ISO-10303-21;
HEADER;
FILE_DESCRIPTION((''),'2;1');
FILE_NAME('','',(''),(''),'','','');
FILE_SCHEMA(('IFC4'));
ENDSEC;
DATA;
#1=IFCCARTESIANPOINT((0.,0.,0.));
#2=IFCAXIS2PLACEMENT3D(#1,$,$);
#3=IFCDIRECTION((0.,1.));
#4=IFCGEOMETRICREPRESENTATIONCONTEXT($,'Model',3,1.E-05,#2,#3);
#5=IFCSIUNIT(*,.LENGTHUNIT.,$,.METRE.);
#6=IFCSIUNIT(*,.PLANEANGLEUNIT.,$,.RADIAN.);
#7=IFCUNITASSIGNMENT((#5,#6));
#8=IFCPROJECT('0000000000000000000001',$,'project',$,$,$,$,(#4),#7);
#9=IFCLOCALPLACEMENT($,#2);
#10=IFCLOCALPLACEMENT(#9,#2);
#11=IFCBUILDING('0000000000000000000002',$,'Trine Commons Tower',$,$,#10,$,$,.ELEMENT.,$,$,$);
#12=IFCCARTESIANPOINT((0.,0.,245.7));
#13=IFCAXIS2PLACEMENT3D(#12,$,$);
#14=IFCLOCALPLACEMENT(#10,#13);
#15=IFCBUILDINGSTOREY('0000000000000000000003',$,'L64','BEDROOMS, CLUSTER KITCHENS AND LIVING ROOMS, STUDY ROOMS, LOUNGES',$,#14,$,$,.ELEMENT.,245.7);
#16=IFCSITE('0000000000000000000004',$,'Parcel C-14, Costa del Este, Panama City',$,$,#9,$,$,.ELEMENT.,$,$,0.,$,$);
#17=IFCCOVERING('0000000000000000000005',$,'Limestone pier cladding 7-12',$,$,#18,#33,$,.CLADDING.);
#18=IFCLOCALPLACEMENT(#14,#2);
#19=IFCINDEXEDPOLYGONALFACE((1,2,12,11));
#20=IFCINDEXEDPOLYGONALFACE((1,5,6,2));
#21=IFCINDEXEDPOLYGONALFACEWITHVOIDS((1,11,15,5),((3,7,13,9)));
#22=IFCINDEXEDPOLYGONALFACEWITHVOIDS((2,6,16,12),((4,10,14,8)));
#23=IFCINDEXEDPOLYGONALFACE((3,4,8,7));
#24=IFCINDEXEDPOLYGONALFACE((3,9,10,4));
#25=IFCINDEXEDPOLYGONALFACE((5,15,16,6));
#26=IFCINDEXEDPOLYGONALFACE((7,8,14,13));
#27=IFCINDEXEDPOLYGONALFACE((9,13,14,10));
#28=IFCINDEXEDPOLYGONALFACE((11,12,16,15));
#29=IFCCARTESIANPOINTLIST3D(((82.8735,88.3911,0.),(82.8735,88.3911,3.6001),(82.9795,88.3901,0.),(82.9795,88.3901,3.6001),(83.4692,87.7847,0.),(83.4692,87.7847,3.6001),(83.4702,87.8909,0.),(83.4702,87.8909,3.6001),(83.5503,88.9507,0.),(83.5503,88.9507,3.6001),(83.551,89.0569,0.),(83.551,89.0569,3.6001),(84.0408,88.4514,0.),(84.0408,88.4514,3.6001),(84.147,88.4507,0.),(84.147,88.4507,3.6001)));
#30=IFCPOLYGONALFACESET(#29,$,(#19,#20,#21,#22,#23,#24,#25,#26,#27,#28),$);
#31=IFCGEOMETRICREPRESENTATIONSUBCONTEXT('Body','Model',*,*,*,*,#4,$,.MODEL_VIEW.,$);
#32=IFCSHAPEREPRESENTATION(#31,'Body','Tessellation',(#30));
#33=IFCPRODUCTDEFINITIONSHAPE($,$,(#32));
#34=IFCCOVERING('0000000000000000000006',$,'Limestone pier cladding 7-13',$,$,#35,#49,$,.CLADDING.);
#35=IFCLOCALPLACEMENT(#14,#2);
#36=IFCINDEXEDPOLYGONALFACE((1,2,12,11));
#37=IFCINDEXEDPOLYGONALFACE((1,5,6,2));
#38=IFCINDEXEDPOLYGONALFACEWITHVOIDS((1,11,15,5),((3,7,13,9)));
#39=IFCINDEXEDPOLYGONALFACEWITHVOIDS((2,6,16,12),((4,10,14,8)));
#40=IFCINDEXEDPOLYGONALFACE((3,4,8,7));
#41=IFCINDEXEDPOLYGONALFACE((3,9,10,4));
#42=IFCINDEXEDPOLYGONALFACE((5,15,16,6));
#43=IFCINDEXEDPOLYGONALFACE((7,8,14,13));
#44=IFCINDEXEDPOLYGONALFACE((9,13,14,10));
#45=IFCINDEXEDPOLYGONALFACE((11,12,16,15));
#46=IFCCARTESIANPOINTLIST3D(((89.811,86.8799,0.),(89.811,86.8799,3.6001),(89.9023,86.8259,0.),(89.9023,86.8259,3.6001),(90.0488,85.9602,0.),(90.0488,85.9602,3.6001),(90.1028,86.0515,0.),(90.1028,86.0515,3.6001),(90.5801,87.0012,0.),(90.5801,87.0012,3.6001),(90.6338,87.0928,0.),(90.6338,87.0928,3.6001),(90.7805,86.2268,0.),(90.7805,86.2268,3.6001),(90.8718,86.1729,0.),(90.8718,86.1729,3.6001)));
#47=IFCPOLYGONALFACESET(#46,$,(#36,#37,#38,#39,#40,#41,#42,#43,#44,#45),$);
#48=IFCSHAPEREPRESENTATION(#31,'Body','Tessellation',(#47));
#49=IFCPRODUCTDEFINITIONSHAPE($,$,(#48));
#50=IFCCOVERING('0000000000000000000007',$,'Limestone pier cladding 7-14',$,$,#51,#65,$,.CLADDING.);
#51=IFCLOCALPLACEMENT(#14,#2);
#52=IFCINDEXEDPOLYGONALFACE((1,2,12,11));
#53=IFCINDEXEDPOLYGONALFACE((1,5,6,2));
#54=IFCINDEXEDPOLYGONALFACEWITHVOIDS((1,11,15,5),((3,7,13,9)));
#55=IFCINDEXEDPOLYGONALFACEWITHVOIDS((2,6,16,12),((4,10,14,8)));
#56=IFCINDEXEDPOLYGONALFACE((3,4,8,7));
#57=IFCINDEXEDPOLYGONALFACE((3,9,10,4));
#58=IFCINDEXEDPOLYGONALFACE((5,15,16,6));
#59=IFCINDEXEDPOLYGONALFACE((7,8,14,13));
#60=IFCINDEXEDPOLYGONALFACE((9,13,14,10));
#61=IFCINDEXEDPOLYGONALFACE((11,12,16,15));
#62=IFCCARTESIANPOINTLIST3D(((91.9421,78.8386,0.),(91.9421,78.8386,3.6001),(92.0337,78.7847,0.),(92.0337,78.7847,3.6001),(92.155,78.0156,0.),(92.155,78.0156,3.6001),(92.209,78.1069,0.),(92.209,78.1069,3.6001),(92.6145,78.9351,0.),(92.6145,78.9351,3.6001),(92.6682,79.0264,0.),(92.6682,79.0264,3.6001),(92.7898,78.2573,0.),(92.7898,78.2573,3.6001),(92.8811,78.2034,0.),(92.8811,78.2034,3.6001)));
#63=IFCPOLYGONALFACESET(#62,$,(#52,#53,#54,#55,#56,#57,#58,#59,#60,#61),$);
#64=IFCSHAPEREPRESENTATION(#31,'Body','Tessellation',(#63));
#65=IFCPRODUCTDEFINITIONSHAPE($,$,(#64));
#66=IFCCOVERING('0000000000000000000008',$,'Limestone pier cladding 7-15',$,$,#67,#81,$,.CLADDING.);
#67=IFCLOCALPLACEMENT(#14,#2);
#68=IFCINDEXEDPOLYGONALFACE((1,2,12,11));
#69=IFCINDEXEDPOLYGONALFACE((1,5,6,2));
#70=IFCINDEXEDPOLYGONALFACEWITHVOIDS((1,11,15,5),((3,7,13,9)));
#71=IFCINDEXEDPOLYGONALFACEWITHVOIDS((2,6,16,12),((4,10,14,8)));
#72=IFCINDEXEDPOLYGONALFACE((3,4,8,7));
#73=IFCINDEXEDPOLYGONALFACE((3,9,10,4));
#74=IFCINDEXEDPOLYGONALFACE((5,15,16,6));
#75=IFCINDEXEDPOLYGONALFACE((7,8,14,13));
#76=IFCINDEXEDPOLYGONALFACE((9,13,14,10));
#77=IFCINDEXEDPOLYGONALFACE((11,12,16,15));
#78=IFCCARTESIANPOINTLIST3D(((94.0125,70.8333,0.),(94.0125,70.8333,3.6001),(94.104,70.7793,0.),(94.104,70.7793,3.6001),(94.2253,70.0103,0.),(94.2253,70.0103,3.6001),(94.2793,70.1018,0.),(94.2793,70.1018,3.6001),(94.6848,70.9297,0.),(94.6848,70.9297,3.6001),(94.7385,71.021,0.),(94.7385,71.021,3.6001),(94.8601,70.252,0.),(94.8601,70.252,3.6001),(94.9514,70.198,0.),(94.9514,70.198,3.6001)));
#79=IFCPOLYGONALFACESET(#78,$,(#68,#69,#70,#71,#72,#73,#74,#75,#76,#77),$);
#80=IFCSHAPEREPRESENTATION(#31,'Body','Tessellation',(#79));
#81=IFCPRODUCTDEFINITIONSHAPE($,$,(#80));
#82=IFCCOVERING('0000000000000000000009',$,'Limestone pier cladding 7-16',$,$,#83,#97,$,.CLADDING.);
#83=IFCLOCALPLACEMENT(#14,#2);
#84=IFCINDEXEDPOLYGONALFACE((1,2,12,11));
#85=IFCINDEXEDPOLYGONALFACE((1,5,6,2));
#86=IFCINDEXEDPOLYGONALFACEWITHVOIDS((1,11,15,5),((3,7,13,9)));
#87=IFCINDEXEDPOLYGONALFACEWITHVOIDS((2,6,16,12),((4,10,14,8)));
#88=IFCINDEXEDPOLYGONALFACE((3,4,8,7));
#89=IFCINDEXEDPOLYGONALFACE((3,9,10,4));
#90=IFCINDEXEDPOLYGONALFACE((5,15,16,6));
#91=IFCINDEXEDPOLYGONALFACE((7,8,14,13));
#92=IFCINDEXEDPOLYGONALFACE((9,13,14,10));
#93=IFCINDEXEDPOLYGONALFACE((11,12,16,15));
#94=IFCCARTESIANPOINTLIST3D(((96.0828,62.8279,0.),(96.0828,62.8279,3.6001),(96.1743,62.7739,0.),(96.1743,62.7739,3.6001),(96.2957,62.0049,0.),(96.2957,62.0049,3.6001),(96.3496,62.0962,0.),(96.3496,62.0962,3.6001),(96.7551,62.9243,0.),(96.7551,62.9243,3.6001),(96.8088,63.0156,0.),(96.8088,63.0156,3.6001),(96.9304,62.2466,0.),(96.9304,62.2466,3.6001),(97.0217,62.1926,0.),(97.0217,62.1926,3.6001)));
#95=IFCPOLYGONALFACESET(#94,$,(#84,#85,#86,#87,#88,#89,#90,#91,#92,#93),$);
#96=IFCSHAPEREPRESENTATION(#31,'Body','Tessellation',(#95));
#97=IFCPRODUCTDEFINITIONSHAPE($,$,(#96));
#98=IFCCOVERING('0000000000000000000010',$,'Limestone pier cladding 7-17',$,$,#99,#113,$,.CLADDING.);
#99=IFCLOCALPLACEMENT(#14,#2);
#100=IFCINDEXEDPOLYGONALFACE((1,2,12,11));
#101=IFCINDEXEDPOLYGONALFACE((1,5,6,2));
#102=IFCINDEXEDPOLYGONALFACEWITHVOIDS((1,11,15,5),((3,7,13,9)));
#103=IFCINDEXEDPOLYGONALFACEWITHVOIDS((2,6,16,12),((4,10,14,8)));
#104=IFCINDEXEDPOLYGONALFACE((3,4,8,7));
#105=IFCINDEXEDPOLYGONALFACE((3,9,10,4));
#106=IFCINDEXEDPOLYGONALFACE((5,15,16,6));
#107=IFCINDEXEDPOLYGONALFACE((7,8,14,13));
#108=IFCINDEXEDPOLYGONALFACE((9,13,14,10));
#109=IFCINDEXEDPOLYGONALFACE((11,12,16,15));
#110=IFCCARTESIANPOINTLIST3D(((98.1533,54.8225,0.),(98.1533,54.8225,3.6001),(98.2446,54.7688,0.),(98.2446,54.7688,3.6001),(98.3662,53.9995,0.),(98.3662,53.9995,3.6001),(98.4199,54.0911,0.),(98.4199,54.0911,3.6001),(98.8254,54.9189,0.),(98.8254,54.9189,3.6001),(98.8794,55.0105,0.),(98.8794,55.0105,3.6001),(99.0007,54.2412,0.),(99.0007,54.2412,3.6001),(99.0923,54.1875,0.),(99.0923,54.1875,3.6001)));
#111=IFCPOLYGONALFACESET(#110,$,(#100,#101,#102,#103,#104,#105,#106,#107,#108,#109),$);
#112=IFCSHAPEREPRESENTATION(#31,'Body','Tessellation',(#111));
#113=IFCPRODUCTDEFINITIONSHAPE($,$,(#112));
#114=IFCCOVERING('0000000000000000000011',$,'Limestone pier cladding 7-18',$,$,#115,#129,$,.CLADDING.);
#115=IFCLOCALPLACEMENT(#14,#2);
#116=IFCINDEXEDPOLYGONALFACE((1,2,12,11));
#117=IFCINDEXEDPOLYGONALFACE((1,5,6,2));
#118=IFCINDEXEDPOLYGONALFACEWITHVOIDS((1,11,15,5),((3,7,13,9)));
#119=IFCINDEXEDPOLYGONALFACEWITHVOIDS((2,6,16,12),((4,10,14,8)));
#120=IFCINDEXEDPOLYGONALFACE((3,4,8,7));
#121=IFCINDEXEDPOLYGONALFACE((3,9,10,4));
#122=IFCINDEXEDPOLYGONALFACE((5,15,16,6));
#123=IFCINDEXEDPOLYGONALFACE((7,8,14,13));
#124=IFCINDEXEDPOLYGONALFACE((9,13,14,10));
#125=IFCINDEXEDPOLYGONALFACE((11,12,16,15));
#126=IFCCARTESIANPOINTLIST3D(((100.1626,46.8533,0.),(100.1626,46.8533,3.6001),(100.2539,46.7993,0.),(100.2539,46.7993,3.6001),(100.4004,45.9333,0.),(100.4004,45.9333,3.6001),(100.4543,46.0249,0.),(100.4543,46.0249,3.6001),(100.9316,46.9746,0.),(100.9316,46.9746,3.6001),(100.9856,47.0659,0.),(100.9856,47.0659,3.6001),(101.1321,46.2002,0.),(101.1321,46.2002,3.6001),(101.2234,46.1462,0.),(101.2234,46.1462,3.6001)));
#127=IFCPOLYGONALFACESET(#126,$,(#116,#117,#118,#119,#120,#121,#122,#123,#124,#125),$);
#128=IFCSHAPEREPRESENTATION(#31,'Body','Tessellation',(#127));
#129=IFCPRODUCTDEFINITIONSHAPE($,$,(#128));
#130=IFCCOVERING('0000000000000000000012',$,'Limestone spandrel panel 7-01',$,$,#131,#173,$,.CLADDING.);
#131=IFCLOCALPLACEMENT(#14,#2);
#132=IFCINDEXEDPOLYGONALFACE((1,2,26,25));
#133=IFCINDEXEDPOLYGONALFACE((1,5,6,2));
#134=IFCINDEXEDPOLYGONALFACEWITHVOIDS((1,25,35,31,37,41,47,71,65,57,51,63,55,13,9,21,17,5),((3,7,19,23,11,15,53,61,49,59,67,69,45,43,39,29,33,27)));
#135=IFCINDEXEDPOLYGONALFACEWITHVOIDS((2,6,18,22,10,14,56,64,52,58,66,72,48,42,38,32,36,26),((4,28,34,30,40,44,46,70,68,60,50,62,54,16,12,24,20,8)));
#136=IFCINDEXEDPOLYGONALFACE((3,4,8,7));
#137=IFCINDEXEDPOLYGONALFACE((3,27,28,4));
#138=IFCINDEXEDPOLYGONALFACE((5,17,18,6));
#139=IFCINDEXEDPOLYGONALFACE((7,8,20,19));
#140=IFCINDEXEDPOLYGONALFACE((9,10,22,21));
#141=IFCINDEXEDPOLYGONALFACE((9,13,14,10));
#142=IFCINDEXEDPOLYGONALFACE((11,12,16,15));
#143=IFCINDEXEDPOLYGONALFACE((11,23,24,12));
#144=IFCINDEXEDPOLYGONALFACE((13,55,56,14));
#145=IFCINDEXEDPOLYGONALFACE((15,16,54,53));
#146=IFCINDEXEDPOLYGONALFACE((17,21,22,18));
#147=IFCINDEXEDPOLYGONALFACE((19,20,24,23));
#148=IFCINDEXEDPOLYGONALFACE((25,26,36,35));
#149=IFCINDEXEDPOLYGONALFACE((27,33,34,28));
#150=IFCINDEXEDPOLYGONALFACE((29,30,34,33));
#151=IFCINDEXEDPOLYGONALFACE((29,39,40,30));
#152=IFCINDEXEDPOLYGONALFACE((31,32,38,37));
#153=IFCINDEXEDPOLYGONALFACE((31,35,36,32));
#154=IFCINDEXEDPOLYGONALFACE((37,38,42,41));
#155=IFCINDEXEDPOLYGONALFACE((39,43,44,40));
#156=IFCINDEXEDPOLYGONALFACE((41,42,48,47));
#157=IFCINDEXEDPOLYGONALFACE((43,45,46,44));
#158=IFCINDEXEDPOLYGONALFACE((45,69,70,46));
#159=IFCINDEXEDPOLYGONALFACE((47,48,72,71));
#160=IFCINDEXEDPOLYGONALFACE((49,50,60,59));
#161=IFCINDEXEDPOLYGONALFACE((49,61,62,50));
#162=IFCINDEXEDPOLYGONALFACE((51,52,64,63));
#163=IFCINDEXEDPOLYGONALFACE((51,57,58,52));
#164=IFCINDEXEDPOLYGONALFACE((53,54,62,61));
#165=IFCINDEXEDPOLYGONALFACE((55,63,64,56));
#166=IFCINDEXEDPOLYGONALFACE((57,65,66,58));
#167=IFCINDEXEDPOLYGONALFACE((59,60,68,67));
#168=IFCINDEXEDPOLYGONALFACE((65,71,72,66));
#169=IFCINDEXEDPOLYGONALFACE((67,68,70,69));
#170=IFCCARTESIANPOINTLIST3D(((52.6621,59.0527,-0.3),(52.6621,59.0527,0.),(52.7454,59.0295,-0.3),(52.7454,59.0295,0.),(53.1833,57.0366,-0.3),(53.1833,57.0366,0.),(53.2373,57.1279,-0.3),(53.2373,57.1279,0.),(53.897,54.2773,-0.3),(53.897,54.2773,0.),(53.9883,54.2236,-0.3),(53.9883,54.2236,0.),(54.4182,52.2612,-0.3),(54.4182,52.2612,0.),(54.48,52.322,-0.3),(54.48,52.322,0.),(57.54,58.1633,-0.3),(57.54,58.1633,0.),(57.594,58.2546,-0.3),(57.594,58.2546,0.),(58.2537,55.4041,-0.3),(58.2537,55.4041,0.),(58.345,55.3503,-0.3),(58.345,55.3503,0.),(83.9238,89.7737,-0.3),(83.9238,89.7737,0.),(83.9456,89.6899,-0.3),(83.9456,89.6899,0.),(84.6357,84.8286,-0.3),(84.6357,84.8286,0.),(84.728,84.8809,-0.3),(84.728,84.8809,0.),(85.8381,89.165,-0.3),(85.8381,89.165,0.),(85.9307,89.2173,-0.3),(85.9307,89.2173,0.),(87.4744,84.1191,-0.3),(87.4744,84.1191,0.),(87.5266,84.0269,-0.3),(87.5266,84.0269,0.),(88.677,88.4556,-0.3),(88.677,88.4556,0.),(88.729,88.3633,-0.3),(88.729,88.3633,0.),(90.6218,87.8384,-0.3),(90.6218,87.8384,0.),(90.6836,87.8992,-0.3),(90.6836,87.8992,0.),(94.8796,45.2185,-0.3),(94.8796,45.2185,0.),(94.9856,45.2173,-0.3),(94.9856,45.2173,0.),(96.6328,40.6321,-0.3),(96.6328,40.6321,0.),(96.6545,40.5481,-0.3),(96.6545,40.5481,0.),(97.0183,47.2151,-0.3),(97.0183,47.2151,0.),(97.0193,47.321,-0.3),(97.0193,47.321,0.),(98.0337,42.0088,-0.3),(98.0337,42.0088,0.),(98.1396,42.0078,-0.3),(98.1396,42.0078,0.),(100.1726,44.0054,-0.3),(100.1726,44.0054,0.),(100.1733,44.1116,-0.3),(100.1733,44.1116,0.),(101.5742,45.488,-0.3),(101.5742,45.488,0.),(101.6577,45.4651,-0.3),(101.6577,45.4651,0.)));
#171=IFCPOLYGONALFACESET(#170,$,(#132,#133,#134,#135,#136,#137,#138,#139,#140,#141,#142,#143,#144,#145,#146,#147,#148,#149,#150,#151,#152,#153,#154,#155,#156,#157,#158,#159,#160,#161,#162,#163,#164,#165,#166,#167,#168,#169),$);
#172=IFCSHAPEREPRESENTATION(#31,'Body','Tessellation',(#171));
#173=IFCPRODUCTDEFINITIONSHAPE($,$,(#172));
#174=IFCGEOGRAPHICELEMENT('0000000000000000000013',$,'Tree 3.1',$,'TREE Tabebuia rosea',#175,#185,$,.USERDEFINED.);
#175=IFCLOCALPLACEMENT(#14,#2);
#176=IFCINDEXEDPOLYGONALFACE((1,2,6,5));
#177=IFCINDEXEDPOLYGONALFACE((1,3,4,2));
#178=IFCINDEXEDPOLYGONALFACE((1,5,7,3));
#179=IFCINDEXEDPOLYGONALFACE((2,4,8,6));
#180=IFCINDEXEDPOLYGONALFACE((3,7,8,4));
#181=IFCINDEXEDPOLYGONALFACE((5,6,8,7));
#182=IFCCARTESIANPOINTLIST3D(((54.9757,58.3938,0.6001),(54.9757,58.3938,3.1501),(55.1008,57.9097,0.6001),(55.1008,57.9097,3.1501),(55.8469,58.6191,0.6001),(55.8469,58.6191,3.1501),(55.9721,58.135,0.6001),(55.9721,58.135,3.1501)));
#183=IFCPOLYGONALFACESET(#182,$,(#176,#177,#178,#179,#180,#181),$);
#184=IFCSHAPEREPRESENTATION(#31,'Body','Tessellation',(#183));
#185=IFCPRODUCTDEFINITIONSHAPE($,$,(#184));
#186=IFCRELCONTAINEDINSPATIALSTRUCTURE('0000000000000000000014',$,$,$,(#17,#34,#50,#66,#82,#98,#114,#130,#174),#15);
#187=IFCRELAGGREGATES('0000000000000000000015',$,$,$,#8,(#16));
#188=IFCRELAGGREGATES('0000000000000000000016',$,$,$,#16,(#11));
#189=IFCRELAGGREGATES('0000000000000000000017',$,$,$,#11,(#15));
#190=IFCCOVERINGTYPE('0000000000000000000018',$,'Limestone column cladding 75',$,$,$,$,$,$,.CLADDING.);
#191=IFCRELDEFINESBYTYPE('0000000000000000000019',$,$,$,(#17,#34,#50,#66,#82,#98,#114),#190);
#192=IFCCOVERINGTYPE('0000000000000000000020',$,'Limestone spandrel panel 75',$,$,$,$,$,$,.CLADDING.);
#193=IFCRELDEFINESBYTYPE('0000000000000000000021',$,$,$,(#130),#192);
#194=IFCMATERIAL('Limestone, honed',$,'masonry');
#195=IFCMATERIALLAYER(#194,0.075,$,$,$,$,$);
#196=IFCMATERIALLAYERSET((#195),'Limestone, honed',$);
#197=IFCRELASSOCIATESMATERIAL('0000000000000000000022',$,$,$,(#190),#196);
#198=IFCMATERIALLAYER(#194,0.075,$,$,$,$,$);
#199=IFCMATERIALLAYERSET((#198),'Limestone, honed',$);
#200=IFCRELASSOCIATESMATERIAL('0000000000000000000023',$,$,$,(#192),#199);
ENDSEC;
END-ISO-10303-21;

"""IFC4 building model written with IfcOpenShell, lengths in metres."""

from ifc_helpers import new_model, si_unit, direction, frame, origin, origin_2d, place, context, subcontext, project, spatial, polyline, rectangle, outline, extrude, material, layer, layer_set, type_object, element, save


model = new_model("IFC4")

# Units and contexts
model_context = context("Model", 3, precision=1e-05, world=origin(), true_north=direction((0.0, 1.0)))
body_context = subcontext(model_context, "Body", "Model", "MODEL_VIEW")
ifc_project = project(units=[si_unit("LENGTHUNIT", "METRE"), si_unit("PLANEANGLEUNIT", "RADIAN")], contexts=[model_context])

# Site, building, storey
site_placement = place(None, origin())
site = spatial("IfcSite", under=ifc_project, at=site_placement, Name="Parcel C-14, Costa del Este, Panama City", CompositionType="ELEMENT", RefElevation=0.0)
building_placement = place(site_placement, origin())
building = spatial("IfcBuilding", under=site, at=building_placement, Name="Trine Commons Tower", CompositionType="ELEMENT")
storey_placement = place(building_placement, frame((0.0, 0.0, 245.7)))
storey = spatial("IfcBuildingStorey", under=building, at=storey_placement, Name="L64", Description="BEDROOMS, CLUSTER KITCHENS AND LIVING ROOMS, STUDY ROOMS, LOUNGES", CompositionType="ELEMENT", Elevation=245.7)

# Coverings
ifc_material_1 = material(Name="Limestone, honed", Category="masonry")
ifc_layer_1 = layer(ifc_material_1, 0.075)
ifc_layer_set_1 = layer_set([ifc_layer_1], Name="Limestone, honed")
covering_type_1 = type_object("IfcCoveringType", Name="Limestone column cladding 75", PredefinedType="CLADDING", material=ifc_layer_set_1)
covering_1_placement = place(storey_placement, origin())
element("IfcCovering", 1, at=covering_1_placement, inside=storey, type_object=covering_type_1, Name="Limestone pier cladding 7-12", PredefinedType="CLADDING", context=body_context, shape_type="SweptSolid", body=[
    extrude(outline(polyline([(84.147, 88.4507), (83.551, 89.0569), (82.8735, 88.3911), (83.4692, 87.7847), (84.147, 88.4507)]), holes=[polyline([(84.0408, 88.4514), (83.5503, 88.9507), (82.9795, 88.3901), (83.4702, 87.8909), (84.0408, 88.4514)])]), origin(), (0.0, 0.0, 1.0), 3.6001),
])
covering_2_placement = place(storey_placement, origin())
element("IfcCovering", 2, at=covering_2_placement, inside=storey, type_object=covering_type_1, Name="Limestone pier cladding 7-13", PredefinedType="CLADDING", context=body_context, shape_type="SweptSolid", body=[
    extrude(outline(polyline([(90.6338, 87.0928), (89.811, 86.8799), (90.0488, 85.9602), (90.8718, 86.1729), (90.6338, 87.0928)]), holes=[polyline([(90.5801, 87.0012), (89.9023, 86.8259), (90.1028, 86.0515), (90.7805, 86.2268), (90.5801, 87.0012)])]), origin(), (0.0, 0.0, 1.0), 3.6001),
])
covering_3_placement = place(storey_placement, origin())
element("IfcCovering", 3, at=covering_3_placement, inside=storey, type_object=covering_type_1, Name="Limestone pier cladding 7-14", PredefinedType="CLADDING", context=body_context, shape_type="SweptSolid", body=[
    extrude(outline(polyline([(92.6682, 79.0264), (91.9421, 78.8386), (92.155, 78.0156), (92.8811, 78.2034), (92.6682, 79.0264)]), holes=[polyline([(92.6145, 78.9351), (92.0337, 78.7847), (92.209, 78.1069), (92.7898, 78.2573), (92.6145, 78.9351)])]), origin(), (0.0, 0.0, 1.0), 3.6001),
])
covering_4_placement = place(storey_placement, origin())
element("IfcCovering", 4, at=covering_4_placement, inside=storey, type_object=covering_type_1, Name="Limestone pier cladding 7-15", PredefinedType="CLADDING", context=body_context, shape_type="SweptSolid", body=[
    extrude(outline(polyline([(94.7385, 71.021), (94.0125, 70.8333), (94.2253, 70.0103), (94.9514, 70.198), (94.7385, 71.021)]), holes=[polyline([(94.6848, 70.9297), (94.104, 70.7793), (94.2793, 70.1018), (94.8601, 70.252), (94.6848, 70.9297)])]), origin(), (0.0, 0.0, 1.0), 3.6001),
])
covering_5_placement = place(storey_placement, origin())
element("IfcCovering", 5, at=covering_5_placement, inside=storey, type_object=covering_type_1, Name="Limestone pier cladding 7-16", PredefinedType="CLADDING", context=body_context, shape_type="SweptSolid", body=[
    extrude(outline(polyline([(96.8088, 63.0156), (96.0828, 62.8279), (96.2957, 62.0049), (97.0217, 62.1926), (96.8088, 63.0156)]), holes=[polyline([(96.7551, 62.9243), (96.1743, 62.7739), (96.3496, 62.0962), (96.9304, 62.2466), (96.7551, 62.9243)])]), origin(), (0.0, 0.0, 1.0), 3.6001),
])
covering_6_placement = place(storey_placement, origin())
element("IfcCovering", 6, at=covering_6_placement, inside=storey, type_object=covering_type_1, Name="Limestone pier cladding 7-17", PredefinedType="CLADDING", context=body_context, shape_type="SweptSolid", body=[
    extrude(outline(polyline([(98.8794, 55.0105), (98.1533, 54.8225), (98.3662, 53.9995), (99.0923, 54.1875), (98.8794, 55.0105)]), holes=[polyline([(98.8254, 54.9189), (98.2446, 54.7688), (98.4199, 54.0911), (99.0007, 54.2412), (98.8254, 54.9189)])]), origin(), (0.0, 0.0, 1.0), 3.6001),
])
covering_7_placement = place(storey_placement, origin())
element("IfcCovering", 7, at=covering_7_placement, inside=storey, type_object=covering_type_1, Name="Limestone pier cladding 7-18", PredefinedType="CLADDING", context=body_context, shape_type="SweptSolid", body=[
    extrude(outline(polyline([(100.9856, 47.0659), (100.1626, 46.8533), (100.4004, 45.9333), (101.2234, 46.1462), (100.9856, 47.0659)]), holes=[polyline([(100.9316, 46.9746), (100.2539, 46.7993), (100.4543, 46.0249), (101.1321, 46.2002), (100.9316, 46.9746)])]), origin(), (0.0, 0.0, 1.0), 3.6001),
])
ifc_layer_2 = layer(ifc_material_1, 0.075)
ifc_layer_set_2 = layer_set([ifc_layer_2], Name="Limestone, honed")
covering_type_2 = type_object("IfcCoveringType", Name="Limestone spandrel panel 75", PredefinedType="CLADDING", material=ifc_layer_set_2)
covering_8_placement = place(storey_placement, frame((0.0, 0.0, -0.3)))
element("IfcCovering", 8, at=covering_8_placement, inside=storey, type_object=covering_type_2, Name="Limestone spandrel panel 7-01", PredefinedType="CLADDING", context=body_context, shape_type="SweptSolid", body=[
    extrude(outline(polyline([(97.0183, 47.2151), (100.1726, 44.0054), (101.6577, 45.4651), (90.6836, 87.8992), (88.677, 88.4556), (87.4744, 84.1191), (84.728, 84.8809), (85.9307, 89.2173), (83.9238, 89.7737), (52.6621, 59.0527), (53.1833, 57.0366), (57.54, 58.1633), (58.2537, 55.4041), (53.897, 54.2773), (54.4182, 52.2612), (96.6545, 40.5481), (98.1396, 42.0078), (94.9856, 45.2173), (97.0183, 47.2151)]), holes=[polyline([(88.729, 88.3633), (90.6218, 87.8384), (101.5742, 45.488), (100.1733, 44.1116), (97.0193, 47.321), (94.8796, 45.2185), (98.0337, 42.0088), (96.6328, 40.6321), (54.48, 52.322), (53.9883, 54.2236), (58.345, 55.3503), (57.594, 58.2546), (53.2373, 57.1279), (52.7454, 59.0295), (83.9456, 89.6899), (85.8381, 89.165), (84.6357, 84.8286), (87.5266, 84.0269), (88.729, 88.3633)])]), origin(), (0.0, 0.0, 1.0), 0.3),
])

# Geographic element
geographic_element_placement = place(storey_placement, frame((55.4739, 58.2644, 0.6001), z_axis=(0.0, 0.0, 1.0), x_axis=(-0.968152, -0.250363, 0.0)))
element("IfcGeographicElement", 9, at=geographic_element_placement, inside=storey, Name="Tree 3.1", ObjectType="TREE Tabebuia rosea", PredefinedType="USERDEFINED", context=body_context, shape_type="SweptSolid", body=[
    extrude(rectangle(XDim=0.8999, YDim=0.5, at=origin_2d()), origin(), (0.0, 0.0, 1.0), 2.55),
])

save(model, "model.ifc")
